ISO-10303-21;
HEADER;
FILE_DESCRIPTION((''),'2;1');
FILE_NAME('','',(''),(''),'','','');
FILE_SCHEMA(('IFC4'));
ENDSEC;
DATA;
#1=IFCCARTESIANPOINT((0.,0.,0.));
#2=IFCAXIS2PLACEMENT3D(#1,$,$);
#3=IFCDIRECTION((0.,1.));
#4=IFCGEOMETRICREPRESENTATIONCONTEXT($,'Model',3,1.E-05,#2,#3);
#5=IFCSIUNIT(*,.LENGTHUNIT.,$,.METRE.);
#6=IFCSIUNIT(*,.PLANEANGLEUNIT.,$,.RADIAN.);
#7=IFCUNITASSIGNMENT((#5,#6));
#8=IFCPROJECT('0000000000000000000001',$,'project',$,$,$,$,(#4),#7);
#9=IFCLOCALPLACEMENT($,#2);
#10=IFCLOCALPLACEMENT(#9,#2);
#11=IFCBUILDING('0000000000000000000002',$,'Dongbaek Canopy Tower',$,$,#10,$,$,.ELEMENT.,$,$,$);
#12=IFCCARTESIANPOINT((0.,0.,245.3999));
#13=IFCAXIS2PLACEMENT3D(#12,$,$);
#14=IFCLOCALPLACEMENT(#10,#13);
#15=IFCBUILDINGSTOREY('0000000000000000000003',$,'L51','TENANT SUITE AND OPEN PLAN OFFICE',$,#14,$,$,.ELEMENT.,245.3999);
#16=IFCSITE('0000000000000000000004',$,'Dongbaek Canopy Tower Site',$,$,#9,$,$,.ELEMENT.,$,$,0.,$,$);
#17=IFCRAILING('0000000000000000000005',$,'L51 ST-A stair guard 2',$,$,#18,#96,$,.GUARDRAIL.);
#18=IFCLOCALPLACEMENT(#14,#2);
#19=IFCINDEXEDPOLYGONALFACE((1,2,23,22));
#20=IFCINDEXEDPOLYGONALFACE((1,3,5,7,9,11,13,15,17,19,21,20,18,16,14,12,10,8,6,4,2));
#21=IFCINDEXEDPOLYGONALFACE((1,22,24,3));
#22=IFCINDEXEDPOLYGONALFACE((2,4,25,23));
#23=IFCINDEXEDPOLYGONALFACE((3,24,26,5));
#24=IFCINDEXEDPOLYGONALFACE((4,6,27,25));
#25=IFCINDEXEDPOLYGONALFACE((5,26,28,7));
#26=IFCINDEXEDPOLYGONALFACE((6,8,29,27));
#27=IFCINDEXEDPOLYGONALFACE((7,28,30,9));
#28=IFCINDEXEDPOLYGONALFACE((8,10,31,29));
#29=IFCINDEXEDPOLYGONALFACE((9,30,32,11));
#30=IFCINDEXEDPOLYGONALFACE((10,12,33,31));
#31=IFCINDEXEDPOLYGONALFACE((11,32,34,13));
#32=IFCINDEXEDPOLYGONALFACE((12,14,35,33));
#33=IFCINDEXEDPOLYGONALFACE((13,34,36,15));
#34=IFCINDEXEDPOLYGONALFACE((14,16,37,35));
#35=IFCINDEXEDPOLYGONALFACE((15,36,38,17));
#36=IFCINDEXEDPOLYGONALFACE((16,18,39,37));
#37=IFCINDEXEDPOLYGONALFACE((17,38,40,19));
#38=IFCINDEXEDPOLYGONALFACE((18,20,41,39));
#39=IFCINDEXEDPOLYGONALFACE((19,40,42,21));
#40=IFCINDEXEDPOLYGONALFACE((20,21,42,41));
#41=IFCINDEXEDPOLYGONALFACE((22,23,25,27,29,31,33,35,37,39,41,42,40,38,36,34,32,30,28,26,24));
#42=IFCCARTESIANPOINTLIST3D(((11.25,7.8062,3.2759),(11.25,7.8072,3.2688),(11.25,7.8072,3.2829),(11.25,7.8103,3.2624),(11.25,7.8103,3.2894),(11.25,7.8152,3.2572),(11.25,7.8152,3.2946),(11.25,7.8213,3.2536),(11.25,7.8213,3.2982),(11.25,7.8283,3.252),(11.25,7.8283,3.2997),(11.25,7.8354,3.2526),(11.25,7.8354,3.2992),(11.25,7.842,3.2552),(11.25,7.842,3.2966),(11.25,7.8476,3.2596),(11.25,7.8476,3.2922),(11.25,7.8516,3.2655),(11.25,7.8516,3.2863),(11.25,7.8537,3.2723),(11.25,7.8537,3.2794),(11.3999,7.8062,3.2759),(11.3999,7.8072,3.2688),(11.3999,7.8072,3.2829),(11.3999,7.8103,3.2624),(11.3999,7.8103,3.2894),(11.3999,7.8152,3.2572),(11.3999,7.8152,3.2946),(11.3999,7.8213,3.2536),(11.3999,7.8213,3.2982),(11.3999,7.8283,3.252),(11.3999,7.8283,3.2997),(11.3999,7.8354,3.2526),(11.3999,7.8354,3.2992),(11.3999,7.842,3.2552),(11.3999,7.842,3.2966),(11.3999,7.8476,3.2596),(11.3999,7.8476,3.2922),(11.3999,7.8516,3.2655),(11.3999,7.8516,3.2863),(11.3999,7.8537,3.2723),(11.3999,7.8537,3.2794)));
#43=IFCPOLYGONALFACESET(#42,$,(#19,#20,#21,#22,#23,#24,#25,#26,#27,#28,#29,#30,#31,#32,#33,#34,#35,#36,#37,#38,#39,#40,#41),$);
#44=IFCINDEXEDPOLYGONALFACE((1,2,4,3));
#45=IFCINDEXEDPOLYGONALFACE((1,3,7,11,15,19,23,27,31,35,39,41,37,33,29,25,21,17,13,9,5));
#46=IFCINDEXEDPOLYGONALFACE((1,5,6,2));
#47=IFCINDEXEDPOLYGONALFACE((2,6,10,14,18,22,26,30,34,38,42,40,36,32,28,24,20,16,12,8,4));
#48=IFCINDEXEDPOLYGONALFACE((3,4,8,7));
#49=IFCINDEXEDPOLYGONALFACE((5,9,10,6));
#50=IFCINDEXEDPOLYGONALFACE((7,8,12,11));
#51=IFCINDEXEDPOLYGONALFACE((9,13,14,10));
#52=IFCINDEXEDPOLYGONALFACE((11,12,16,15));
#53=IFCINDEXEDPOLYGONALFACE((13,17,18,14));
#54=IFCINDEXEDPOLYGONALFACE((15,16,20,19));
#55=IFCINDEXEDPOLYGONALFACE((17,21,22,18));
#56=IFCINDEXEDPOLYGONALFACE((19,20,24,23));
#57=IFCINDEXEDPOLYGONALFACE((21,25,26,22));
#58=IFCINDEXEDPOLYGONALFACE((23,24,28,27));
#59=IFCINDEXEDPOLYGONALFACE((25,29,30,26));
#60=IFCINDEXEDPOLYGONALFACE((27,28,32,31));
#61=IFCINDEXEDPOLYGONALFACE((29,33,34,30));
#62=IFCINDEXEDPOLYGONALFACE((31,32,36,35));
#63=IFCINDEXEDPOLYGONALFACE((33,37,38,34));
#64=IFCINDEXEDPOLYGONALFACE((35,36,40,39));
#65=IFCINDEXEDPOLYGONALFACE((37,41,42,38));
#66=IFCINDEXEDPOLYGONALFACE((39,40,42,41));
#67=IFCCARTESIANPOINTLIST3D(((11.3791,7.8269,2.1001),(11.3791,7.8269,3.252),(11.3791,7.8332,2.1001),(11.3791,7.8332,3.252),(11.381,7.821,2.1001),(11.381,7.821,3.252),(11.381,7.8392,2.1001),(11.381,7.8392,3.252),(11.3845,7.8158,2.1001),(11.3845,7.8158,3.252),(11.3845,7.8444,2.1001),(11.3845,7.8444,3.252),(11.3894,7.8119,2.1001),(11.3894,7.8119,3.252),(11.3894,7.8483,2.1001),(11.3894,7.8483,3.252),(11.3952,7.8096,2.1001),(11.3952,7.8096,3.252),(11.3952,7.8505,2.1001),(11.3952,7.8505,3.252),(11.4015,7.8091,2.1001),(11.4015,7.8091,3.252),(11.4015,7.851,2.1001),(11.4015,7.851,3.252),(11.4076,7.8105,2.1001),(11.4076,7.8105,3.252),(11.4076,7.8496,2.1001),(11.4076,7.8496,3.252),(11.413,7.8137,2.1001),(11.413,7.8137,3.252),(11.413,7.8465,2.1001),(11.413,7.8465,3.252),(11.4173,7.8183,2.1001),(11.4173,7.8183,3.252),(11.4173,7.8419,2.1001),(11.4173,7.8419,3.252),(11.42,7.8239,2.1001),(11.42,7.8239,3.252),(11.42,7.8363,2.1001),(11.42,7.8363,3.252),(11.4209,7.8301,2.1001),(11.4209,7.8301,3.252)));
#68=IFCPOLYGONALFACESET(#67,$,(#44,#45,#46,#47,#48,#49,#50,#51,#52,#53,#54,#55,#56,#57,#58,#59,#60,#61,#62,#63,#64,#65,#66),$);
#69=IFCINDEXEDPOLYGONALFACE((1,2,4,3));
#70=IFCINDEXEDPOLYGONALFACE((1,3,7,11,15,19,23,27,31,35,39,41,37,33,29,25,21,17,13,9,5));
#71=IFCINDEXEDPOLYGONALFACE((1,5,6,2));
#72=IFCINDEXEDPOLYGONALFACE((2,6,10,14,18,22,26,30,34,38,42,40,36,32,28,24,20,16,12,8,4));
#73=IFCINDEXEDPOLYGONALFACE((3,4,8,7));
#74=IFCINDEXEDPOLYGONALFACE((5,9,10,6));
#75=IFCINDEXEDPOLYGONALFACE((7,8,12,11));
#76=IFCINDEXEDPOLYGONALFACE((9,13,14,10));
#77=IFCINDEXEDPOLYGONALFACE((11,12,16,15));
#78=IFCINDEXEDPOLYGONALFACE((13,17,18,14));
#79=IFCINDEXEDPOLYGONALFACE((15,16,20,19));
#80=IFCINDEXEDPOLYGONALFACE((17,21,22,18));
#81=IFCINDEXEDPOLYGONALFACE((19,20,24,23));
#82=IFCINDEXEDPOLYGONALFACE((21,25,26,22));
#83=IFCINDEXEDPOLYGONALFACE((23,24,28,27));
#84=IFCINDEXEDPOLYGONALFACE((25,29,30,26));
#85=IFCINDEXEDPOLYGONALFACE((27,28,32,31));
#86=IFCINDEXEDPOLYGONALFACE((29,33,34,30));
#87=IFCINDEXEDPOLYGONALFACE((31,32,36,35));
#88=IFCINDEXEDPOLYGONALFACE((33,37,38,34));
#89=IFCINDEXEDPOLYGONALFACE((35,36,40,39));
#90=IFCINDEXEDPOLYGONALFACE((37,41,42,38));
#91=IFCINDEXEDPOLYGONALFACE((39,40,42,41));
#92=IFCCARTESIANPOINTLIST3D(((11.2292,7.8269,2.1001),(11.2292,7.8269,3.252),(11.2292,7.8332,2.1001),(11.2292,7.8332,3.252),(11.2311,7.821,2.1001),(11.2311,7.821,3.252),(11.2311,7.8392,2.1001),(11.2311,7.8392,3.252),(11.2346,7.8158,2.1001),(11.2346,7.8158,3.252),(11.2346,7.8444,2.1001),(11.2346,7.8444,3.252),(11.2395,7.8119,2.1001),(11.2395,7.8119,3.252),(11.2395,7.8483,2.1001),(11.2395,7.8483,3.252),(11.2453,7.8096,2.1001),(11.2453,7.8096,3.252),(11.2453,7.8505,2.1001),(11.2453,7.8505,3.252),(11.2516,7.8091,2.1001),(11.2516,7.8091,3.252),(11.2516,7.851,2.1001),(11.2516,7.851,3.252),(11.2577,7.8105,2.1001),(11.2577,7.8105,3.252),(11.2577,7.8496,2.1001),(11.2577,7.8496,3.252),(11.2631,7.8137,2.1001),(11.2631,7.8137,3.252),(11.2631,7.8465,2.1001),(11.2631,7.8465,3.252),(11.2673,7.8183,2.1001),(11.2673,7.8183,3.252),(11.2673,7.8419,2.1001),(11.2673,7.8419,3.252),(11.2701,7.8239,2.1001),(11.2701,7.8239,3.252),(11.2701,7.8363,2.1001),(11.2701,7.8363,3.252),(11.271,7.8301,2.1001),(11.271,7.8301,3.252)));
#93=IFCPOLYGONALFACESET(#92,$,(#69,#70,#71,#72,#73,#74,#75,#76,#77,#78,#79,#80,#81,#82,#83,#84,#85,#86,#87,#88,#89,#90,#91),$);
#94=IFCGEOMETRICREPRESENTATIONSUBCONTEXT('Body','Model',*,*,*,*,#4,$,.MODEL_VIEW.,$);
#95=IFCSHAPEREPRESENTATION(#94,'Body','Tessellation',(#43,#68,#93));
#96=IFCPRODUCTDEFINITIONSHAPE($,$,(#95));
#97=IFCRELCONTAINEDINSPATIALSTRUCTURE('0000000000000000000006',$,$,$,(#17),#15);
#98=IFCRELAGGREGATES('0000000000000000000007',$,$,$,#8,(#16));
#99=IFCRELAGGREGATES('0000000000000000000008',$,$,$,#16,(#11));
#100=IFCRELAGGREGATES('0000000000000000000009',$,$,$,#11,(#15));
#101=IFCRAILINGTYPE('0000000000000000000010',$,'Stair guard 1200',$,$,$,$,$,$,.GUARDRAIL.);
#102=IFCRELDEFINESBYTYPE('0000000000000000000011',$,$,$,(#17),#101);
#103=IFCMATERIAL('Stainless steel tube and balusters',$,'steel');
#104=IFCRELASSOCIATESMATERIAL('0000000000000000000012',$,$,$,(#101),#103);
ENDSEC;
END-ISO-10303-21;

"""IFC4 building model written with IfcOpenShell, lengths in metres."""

from ifc_helpers import new_model, si_unit, direction, frame, origin, origin_2d, place, context, subcontext, project, spatial, circle, extrude, material, type_object, element, save


model = new_model("IFC4")

# Units and contexts
model_context = context("Model", 3, precision=1e-05, world=origin(), true_north=direction((0.0, 1.0)))
body_context = subcontext(model_context, "Body", "Model", "MODEL_VIEW")
ifc_project = project(units=[si_unit("LENGTHUNIT", "METRE"), si_unit("PLANEANGLEUNIT", "RADIAN")], contexts=[model_context])

# Site, building, storey
site_placement = place(None, origin())
site = spatial("IfcSite", under=ifc_project, at=site_placement, Name="Dongbaek Canopy Tower Site", CompositionType="ELEMENT", RefElevation=0.0)
building_placement = place(site_placement, origin())
building = spatial("IfcBuilding", under=site, at=building_placement, Name="Dongbaek Canopy Tower", CompositionType="ELEMENT")
storey_placement = place(building_placement, frame((0.0, 0.0, 245.3999)))
storey = spatial("IfcBuildingStorey", under=building, at=storey_placement, Name="L51", Description="TENANT SUITE AND OPEN PLAN OFFICE", CompositionType="ELEMENT", Elevation=245.3999)

# Railing
ifc_material_1 = material(Name="Stainless steel tube and balusters", Category="steel")
railing_type_1 = type_object("IfcRailingType", Name="Stair guard 1200", PredefinedType="GUARDRAIL", material=ifc_material_1)
railing_1_placement = place(storey_placement, frame((11.3999, 7.8301, 2.1001)))
element("IfcRailing", 1, at=railing_1_placement, inside=storey, type_object=railing_type_1, Name="L51 ST-A stair guard 2", PredefinedType="GUARDRAIL", context=body_context, shape_type="SweptSolid", body=[
    extrude(circle(Radius=0.0239, at=origin_2d()), frame((0.0, 0.0, 1.1758), z_axis=(-1.0, 0.0, 0.0), x_axis=(0.0, -1.0, 0.0)), (0.0, 0.0, 1.0), 0.1499),
    extrude(circle(Radius=0.021, at=origin_2d()), origin(), (0.0, 0.0, 1.0), 1.1519),
    extrude(circle(Radius=0.021, at=origin_2d()), frame((-0.1499, 0.0, 0.0)), (0.0, 0.0, 1.0), 1.1519),
])

save(model, "model.ifc")
